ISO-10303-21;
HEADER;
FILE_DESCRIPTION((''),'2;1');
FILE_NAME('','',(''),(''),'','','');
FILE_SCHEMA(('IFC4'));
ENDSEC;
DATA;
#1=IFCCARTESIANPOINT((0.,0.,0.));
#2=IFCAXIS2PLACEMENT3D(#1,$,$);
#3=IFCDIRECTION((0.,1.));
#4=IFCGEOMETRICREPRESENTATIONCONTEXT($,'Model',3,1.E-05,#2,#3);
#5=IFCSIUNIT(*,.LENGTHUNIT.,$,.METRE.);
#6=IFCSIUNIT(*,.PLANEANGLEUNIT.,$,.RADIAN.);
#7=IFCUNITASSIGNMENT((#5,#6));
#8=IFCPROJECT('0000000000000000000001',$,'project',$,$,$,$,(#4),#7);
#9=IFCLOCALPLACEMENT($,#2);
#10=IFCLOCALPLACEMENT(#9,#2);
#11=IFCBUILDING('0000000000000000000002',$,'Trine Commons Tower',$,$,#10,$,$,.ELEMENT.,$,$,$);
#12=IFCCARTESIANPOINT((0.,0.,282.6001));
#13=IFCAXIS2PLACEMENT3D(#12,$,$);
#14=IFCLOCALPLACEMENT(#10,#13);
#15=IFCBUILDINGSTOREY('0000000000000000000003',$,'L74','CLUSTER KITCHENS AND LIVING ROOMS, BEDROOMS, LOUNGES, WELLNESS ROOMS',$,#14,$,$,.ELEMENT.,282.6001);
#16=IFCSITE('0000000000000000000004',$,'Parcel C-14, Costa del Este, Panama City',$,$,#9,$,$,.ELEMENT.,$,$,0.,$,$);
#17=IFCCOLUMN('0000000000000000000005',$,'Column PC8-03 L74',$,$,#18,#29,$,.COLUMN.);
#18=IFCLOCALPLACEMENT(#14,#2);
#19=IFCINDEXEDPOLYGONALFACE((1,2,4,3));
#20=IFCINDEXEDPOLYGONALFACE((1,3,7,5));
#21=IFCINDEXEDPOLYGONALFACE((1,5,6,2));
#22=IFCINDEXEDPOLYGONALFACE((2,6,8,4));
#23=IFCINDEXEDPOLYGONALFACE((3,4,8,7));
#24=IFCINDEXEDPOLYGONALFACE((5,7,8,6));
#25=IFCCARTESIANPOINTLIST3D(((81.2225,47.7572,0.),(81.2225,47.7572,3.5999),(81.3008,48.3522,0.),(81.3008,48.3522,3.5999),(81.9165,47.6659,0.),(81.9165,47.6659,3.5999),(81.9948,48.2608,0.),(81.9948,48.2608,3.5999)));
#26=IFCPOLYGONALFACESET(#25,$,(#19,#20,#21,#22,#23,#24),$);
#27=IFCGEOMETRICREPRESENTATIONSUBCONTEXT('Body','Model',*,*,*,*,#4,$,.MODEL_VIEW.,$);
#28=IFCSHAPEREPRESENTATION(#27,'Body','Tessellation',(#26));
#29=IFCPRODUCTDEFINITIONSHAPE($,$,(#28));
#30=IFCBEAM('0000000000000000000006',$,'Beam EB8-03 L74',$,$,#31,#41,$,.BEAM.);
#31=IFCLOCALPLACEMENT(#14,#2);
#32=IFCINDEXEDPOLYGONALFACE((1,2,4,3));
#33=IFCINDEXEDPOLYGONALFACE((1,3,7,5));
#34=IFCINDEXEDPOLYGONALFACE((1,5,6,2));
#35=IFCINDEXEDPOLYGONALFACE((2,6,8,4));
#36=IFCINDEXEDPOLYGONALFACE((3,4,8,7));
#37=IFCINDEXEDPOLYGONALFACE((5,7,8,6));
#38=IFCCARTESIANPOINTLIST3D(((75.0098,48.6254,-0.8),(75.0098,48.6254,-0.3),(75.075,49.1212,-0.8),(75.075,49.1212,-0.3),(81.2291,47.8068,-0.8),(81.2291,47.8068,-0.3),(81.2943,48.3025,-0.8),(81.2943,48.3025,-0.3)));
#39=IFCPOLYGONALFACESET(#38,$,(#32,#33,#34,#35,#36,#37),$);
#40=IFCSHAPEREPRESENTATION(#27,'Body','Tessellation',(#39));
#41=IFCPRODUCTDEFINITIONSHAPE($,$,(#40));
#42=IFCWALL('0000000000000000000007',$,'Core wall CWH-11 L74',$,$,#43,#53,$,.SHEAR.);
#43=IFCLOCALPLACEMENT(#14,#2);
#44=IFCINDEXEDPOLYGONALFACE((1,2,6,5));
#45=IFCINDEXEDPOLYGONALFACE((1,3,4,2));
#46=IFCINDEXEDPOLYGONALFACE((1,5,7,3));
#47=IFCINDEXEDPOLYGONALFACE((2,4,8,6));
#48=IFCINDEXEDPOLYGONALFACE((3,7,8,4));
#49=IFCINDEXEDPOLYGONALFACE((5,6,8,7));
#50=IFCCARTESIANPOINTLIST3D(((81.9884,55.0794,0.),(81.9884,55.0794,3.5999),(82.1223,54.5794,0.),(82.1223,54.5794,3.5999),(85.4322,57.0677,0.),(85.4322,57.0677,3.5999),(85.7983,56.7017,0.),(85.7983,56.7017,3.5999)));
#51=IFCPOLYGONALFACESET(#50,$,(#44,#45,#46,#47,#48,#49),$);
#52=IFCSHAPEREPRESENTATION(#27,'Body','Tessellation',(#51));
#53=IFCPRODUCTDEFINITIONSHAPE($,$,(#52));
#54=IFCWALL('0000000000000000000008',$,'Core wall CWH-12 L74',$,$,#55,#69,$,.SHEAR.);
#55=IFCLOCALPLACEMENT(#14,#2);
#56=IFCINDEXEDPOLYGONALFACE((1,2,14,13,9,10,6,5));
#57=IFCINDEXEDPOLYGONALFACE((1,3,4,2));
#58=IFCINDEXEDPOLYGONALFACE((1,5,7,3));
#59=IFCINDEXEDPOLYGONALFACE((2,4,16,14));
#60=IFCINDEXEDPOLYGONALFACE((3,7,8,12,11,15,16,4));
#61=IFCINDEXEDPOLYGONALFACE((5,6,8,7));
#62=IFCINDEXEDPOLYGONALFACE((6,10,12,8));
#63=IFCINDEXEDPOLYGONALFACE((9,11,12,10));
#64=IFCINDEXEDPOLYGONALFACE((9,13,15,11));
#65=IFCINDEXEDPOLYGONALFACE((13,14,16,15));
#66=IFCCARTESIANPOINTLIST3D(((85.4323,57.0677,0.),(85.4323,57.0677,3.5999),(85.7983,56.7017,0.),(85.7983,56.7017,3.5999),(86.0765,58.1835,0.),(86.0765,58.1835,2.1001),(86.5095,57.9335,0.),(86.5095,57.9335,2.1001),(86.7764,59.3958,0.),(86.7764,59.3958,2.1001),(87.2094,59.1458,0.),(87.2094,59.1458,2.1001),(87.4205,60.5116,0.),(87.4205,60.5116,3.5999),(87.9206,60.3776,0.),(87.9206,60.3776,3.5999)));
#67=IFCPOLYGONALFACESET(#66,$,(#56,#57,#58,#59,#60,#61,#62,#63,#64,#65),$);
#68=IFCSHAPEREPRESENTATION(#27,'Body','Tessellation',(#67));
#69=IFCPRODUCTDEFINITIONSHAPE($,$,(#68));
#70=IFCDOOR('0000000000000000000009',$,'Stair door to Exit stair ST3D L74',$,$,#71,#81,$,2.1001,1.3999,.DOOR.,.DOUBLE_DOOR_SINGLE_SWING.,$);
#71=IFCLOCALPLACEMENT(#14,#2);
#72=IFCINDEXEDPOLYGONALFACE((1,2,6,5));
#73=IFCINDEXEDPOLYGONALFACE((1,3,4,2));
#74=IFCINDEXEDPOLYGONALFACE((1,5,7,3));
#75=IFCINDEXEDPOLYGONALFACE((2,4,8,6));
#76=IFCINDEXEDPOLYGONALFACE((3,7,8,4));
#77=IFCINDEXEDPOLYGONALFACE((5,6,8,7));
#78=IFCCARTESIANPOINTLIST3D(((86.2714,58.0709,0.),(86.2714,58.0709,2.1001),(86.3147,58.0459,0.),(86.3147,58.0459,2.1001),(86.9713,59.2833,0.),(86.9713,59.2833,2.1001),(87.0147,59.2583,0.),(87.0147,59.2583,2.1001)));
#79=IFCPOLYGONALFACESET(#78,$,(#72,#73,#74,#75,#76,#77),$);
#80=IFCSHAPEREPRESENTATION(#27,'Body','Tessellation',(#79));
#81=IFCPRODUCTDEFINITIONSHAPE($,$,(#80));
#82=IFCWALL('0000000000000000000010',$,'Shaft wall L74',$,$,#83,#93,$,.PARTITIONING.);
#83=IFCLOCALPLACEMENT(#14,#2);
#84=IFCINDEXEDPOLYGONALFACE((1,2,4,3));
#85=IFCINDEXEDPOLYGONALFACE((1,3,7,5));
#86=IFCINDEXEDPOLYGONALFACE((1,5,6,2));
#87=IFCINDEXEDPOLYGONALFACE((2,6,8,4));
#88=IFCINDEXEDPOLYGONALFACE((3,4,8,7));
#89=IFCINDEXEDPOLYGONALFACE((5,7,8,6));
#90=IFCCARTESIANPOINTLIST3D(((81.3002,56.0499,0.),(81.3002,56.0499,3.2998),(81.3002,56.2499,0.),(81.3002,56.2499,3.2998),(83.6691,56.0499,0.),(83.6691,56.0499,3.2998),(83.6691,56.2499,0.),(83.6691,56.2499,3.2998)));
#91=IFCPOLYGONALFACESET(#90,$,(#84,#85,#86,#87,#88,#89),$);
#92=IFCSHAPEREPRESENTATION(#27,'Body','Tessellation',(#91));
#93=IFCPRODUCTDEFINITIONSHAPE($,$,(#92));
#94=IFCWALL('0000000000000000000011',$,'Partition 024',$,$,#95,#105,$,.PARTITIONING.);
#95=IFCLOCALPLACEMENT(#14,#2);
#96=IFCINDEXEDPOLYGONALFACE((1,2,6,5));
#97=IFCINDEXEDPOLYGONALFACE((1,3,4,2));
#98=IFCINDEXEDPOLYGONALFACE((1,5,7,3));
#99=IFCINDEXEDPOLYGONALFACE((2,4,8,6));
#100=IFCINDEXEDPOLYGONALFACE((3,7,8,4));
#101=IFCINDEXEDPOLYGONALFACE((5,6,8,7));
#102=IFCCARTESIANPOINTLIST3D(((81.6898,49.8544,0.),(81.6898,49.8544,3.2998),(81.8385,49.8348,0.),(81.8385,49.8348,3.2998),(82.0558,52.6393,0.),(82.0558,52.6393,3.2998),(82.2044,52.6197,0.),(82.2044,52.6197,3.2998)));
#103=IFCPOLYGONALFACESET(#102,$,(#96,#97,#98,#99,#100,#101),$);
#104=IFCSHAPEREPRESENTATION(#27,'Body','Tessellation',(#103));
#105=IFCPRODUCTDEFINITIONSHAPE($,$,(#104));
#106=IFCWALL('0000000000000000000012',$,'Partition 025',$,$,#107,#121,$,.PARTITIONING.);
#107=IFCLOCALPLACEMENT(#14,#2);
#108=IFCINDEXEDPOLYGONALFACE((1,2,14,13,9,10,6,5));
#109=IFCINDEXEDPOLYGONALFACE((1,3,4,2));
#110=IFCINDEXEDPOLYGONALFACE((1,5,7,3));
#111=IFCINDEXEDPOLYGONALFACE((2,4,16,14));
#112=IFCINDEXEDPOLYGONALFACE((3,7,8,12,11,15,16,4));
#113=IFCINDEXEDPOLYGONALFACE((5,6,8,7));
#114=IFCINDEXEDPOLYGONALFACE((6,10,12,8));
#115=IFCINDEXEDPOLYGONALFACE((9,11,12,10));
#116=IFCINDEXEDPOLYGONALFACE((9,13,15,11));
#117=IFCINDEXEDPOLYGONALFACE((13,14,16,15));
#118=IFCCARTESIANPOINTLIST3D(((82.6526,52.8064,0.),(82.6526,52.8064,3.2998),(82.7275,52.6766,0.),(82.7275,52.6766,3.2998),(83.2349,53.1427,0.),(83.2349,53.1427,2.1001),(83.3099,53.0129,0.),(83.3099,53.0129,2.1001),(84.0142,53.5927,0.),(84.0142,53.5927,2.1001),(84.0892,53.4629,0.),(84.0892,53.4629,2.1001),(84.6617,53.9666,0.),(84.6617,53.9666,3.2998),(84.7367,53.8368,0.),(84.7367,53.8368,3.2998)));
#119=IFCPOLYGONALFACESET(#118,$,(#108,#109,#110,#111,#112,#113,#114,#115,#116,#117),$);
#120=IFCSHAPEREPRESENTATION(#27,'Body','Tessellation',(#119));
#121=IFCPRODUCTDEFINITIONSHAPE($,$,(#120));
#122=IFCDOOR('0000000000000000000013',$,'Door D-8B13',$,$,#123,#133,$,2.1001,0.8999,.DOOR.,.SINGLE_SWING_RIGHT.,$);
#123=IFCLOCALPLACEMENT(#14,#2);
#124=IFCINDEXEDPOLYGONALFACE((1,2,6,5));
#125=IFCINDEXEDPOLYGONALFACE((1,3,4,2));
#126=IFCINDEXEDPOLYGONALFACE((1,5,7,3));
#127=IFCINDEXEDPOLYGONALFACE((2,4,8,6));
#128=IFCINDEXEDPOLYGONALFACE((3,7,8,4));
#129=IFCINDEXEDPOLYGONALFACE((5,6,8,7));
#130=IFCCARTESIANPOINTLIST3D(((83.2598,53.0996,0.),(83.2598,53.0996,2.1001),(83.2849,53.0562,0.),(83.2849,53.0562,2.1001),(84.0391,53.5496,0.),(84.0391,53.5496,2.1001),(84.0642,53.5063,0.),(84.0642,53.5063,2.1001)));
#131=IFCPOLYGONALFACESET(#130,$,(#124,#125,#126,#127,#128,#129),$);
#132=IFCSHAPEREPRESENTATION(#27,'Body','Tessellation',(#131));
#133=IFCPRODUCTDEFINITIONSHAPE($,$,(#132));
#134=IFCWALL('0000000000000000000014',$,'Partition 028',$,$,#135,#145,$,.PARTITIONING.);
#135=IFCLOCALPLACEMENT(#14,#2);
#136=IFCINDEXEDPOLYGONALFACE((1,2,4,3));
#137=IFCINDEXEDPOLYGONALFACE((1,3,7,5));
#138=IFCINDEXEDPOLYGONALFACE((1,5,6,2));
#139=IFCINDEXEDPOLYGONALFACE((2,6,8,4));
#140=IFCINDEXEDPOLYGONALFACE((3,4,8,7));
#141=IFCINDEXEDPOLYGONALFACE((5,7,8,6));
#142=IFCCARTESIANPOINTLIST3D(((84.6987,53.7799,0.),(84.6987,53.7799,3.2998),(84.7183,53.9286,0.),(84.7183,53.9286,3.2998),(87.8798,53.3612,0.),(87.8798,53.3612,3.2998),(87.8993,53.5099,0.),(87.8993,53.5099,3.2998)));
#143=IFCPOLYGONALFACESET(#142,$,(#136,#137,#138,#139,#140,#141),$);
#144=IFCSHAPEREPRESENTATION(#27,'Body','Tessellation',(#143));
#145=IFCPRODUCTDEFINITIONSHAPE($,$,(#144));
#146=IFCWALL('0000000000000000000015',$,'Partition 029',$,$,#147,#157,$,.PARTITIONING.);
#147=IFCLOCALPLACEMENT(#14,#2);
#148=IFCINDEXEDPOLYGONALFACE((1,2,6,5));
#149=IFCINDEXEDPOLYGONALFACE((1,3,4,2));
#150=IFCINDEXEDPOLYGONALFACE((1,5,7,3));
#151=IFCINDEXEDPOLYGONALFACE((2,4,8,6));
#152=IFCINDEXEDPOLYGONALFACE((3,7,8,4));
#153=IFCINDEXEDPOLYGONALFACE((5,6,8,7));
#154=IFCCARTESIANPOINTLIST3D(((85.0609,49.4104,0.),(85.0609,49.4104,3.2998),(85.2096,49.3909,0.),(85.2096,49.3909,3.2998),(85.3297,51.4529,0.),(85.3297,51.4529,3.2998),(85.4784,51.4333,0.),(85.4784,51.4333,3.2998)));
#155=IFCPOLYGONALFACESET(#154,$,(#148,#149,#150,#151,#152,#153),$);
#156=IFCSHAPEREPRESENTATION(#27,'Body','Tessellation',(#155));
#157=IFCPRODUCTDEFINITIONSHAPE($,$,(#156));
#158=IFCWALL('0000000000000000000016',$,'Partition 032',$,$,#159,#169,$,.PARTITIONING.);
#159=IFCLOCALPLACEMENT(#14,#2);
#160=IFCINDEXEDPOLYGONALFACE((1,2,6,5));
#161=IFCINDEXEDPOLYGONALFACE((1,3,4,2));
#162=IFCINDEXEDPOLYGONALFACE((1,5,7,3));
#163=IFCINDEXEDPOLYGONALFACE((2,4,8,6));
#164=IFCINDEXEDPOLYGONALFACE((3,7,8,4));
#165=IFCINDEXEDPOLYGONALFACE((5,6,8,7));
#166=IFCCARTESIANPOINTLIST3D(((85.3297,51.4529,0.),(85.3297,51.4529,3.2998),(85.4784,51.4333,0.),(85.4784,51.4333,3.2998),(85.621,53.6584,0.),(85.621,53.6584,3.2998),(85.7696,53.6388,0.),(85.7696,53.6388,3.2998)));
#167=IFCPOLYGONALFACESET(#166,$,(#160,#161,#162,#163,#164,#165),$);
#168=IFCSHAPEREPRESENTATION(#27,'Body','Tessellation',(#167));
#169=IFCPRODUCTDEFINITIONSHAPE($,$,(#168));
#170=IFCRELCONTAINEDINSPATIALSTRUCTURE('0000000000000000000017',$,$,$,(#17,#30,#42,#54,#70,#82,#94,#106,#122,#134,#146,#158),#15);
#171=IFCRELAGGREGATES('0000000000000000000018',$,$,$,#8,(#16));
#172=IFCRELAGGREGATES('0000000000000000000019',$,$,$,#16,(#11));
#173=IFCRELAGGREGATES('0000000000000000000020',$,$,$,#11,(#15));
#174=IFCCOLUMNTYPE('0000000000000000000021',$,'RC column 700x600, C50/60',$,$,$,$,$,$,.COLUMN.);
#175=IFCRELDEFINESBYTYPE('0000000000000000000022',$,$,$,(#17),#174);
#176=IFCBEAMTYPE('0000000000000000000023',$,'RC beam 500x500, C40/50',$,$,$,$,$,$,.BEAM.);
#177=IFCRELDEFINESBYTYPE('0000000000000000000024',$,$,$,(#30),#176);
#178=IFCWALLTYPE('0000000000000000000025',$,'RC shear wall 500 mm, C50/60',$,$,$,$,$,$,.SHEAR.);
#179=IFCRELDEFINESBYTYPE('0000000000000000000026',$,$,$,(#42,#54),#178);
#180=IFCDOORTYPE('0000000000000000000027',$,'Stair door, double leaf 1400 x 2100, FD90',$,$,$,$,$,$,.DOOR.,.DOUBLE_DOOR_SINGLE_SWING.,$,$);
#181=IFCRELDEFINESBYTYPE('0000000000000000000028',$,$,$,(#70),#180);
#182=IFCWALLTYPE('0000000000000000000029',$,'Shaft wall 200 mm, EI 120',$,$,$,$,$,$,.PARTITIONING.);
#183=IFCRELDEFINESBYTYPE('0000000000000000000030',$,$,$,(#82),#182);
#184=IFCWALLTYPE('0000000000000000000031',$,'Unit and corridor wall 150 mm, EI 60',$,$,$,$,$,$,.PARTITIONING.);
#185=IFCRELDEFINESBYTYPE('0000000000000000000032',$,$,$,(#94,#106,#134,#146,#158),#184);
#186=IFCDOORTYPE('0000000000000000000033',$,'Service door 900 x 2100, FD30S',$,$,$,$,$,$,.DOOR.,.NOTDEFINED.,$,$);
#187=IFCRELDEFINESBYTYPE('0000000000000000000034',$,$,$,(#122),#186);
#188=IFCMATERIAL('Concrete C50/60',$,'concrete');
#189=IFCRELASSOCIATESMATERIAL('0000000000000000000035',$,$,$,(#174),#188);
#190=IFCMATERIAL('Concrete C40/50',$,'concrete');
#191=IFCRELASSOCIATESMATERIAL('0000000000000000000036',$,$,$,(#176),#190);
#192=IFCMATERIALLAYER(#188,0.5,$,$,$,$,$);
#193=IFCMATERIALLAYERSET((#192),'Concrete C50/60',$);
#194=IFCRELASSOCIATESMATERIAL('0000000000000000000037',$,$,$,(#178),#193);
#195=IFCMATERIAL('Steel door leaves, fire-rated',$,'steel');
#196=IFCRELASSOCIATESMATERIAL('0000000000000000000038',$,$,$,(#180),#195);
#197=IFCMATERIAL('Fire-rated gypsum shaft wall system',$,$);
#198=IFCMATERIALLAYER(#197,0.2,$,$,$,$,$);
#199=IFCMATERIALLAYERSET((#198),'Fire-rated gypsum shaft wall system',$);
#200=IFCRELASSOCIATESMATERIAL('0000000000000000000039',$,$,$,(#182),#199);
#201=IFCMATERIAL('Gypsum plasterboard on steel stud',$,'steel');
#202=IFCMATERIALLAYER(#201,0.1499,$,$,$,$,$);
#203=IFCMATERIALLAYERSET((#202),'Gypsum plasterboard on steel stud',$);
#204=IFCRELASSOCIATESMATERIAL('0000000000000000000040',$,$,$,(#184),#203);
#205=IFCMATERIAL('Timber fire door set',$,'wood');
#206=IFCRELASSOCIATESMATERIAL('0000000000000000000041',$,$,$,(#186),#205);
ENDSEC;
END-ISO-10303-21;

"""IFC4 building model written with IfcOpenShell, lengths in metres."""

from ifc_helpers import new_model, si_unit, direction, frame, frame_2d, origin, origin_2d, place, context, subcontext, project, spatial, polyline, rectangle, outline, extrude, material, layer, layer_set, material_profile, profile_set, type_object, element, fill, save


model = new_model("IFC4")

# Units and contexts
model_context = context("Model", 3, precision=1e-05, world=origin(), true_north=direction((0.0, 1.0)))
body_context = subcontext(model_context, "Body", "Model", "MODEL_VIEW")
ifc_project = project(units=[si_unit("LENGTHUNIT", "METRE"), si_unit("PLANEANGLEUNIT", "RADIAN")], contexts=[model_context])

# Site, building, storey
site_placement = place(None, origin())
site = spatial("IfcSite", under=ifc_project, at=site_placement, Name="Parcel C-14, Costa del Este, Panama City", CompositionType="ELEMENT", RefElevation=0.0)
building_placement = place(site_placement, origin())
building = spatial("IfcBuilding", under=site, at=building_placement, Name="Trine Commons Tower", CompositionType="ELEMENT")
storey_placement = place(building_placement, frame((0.0, 0.0, 282.6001)))
storey = spatial("IfcBuildingStorey", under=building, at=storey_placement, Name="L74", Description="CLUSTER KITCHENS AND LIVING ROOMS, BEDROOMS, LOUNGES, WELLNESS ROOMS", CompositionType="ELEMENT", Elevation=282.6001)

# Column
ifc_material_1 = material(Name="Concrete C50/60", Category="concrete")
ifc_material_profile_1 = material_profile(ifc_material_1, rectangle(XDim=0.7, YDim=0.6001, at=origin_2d()), Name="RC 700x600")
ifc_profile_set_1 = profile_set([ifc_material_profile_1], Name="Concrete C50/60")
column_type = type_object("IfcColumnType", Name="RC column 700x600, C50/60", PredefinedType="COLUMN", material=ifc_profile_set_1)
column_placement = place(storey_placement, frame((81.6086, 48.009, 0.0), z_axis=(0.0, 0.0, 1.0), x_axis=(-0.991445, 0.130526, 0.0)))
element("IfcColumn", 1, at=column_placement, inside=storey, type_object=column_type, Name="Column PC8-03 L74", PredefinedType="COLUMN", context=body_context, shape_type="SweptSolid", body=[
    extrude(rectangle(XDim=0.7, YDim=0.6001, at=origin_2d()), origin(), (0.0, 0.0, 1.0), 3.5999),
])

# Beam
ifc_material_2 = material(Name="Concrete C40/50", Category="concrete")
ifc_material_profile_2 = material_profile(ifc_material_2, rectangle(XDim=0.5, YDim=0.5, at=origin_2d()), Name="RC 500x500")
ifc_profile_set_2 = profile_set([ifc_material_profile_2], Name="Concrete C40/50")
beam_type = type_object("IfcBeamType", Name="RC beam 500x500, C40/50", PredefinedType="BEAM", material=ifc_profile_set_2)
beam_placement = place(storey_placement, frame((81.2617, 48.0547, -0.55), z_axis=(-0.991448, 0.130499, 0.0), x_axis=(-0.130499, -0.991448, 0.0)))
element("IfcBeam", 2, at=beam_placement, inside=storey, type_object=beam_type, Name="Beam EB8-03 L74", PredefinedType="BEAM", context=body_context, shape_type="SweptSolid", body=[
    extrude(rectangle(XDim=0.5, YDim=0.5, at=origin_2d()), origin(), (0.0, 0.0, 1.0), 6.2729),
])

# Wall
ifc_layer_1 = layer(ifc_material_1, 0.5)
ifc_layer_set_1 = layer_set([ifc_layer_1], Name="Concrete C50/60")
wall_type_1 = type_object("IfcWallType", Name="RC shear wall 500 mm, C50/60", PredefinedType="SHEAR", material=ifc_layer_set_1)
wall_1_placement = place(storey_placement, frame((81.9973, 54.7959, 0.0), z_axis=(0.0, 0.0, 1.0), x_axis=(0.866029, 0.499993, 0.0)))
element("IfcWall", 3, at=wall_1_placement, inside=storey, type_object=wall_type_1, Name="Core wall CWH-11 L74", PredefinedType="SHEAR", context=body_context, shape_type="SweptSolid", body=[
    extrude(outline(polyline([(0.0, -0.25), (4.2446, -0.25), (4.1106, 0.25), (0.134, 0.25), (0.0, -0.25)])), origin(), (0.0, 0.0, 1.0), 3.5999),
])

# Wall, opening, door
wall_2_placement = place(storey_placement, frame((85.5818, 56.8267, 0.0), z_axis=(0.0, 0.0, 1.0), x_axis=(0.499993, 0.866029, 0.0)))
wall_2 = element("IfcWall", 4, at=wall_2_placement, inside=storey, type_object=wall_type_1, Name="Core wall CWH-12 L74", PredefinedType="SHEAR", context=body_context, shape_type="SweptSolid", body=[
    extrude(outline(polyline([(0.0, -0.25), (4.2446, -0.25), (4.1106, 0.25), (0.134, 0.25), (0.0, -0.25)])), origin(), (0.0, 0.0, 1.0), 3.5999),
])
opening_1_placement = place(wall_2_placement, frame((1.4224, 0.0, 0.0)))
opening_1 = element("IfcOpeningElement", 5, at=opening_1_placement, cuts=wall_2, PredefinedType="OPENING", context=body_context, shape_type="SweptSolid", body=[
    extrude(rectangle(XDim=1.3999, YDim=2.1001, at=frame_2d((0.7, 1.05))), frame((0.0, 0.26, 0.0), z_axis=(0.0, -1.0, 0.0), x_axis=(1.0, 0.0, 0.0)), (0.0, 0.0, 1.0), 0.52),
])
ifc_material_3 = material(Name="Steel door leaves, fire-rated", Category="steel")
door_type_1 = type_object("IfcDoorType", Name="Stair door, double leaf 1400 x 2100, FD90", OperationType="DOUBLE_DOOR_SINGLE_SWING", PredefinedType="DOOR", material=ifc_material_3)
door_1_placement = place(opening_1_placement, origin())
door_1 = element("IfcDoor", 6, at=door_1_placement, inside=storey, type_object=door_type_1, Name="Stair door to Exit stair ST3D L74", OperationType="DOUBLE_DOOR_SINGLE_SWING", OverallHeight=2.1001, OverallWidth=1.3999, PredefinedType="DOOR", context=body_context, shape_type="SweptSolid", body=[
    extrude(rectangle(XDim=1.3999, YDim=2.1001, at=frame_2d((0.7, 1.05))), frame((0.0, 0.0249, 0.0), z_axis=(0.0, -1.0, 0.0), x_axis=(1.0, 0.0, 0.0)), (0.0, 0.0, 1.0), 0.05),
])
fill(opening_1, door_1)

# Walls
ifc_material_4 = material(Name="Fire-rated gypsum shaft wall system")
ifc_layer_2 = layer(ifc_material_4, 0.2)
ifc_layer_set_2 = layer_set([ifc_layer_2], Name="Fire-rated gypsum shaft wall system")
wall_type_2 = type_object("IfcWallType", Name="Shaft wall 200 mm, EI 120", PredefinedType="PARTITIONING", material=ifc_layer_set_2)
wall_3_placement = place(storey_placement, frame((81.3, 56.1499, 0.0), z_axis=(0.0, 0.0, 1.0), x_axis=(1.0, 0.0, 0.0)))
element("IfcWall", 7, at=wall_3_placement, inside=storey, type_object=wall_type_2, Name="Shaft wall L74", PredefinedType="PARTITIONING", context=body_context, shape_type="SweptSolid", body=[
    extrude(rectangle(XDim=2.3689, YDim=0.2, at=frame_2d((1.1846, 0.0))), origin(), (0.0, 0.0, 1.0), 3.2998),
])
ifc_material_5 = material(Name="Gypsum plasterboard on steel stud", Category="steel")
ifc_layer_3 = layer(ifc_material_5, 0.1499)
ifc_layer_set_3 = layer_set([ifc_layer_3], Name="Gypsum plasterboard on steel stud")
wall_type_3 = type_object("IfcWallType", Name="Unit and corridor wall 150 mm, EI 60", PredefinedType="PARTITIONING", material=ifc_layer_set_3)
wall_4_placement = place(storey_placement, frame((81.7642, 49.8447, 0.0), z_axis=(0.0, 0.0, 1.0), x_axis=(0.13029, 0.991476, 0.0)))
element("IfcWall", 8, at=wall_4_placement, inside=storey, type_object=wall_type_3, Name="Partition 024", PredefinedType="PARTITIONING", context=body_context, shape_type="SweptSolid", body=[
    extrude(rectangle(XDim=2.8088, YDim=0.1499, at=frame_2d((1.4043, 0.0))), origin(), (0.0, 0.0, 1.0), 3.2998),
])

# Wall, opening, door
wall_5_placement = place(storey_placement, frame((82.6899, 52.7415, 0.0), z_axis=(0.0, 0.0, 1.0), x_axis=(0.865981, 0.500078, 0.0)))
wall_5 = element("IfcWall", 9, at=wall_5_placement, inside=storey, type_object=wall_type_3, Name="Partition 025", PredefinedType="PARTITIONING", context=body_context, shape_type="SweptSolid", body=[
    extrude(rectangle(XDim=2.3201, YDim=0.1499, at=frame_2d((1.1602, 0.0))), origin(), (0.0, 0.0, 1.0), 3.2998),
])
opening_2_placement = place(wall_5_placement, frame((0.6726, 0.0, 0.0)))
opening_2 = element("IfcOpeningElement", 10, at=opening_2_placement, cuts=wall_5, PredefinedType="OPENING", context=body_context, shape_type="SweptSolid", body=[
    extrude(rectangle(XDim=0.8999, YDim=2.1001, at=frame_2d((0.45, 1.05))), frame((0.0, 0.085, 0.0), z_axis=(0.0, -1.0, 0.0), x_axis=(1.0, 0.0, 0.0)), (0.0, 0.0, 1.0), 0.1699),
])
ifc_material_6 = material(Name="Timber fire door set", Category="wood")
door_type_2 = type_object("IfcDoorType", Name="Service door 900 x 2100, FD30S", OperationType="NOTDEFINED", PredefinedType="DOOR", material=ifc_material_6)
door_2_placement = place(opening_2_placement, frame((0.8999, 0.0, 0.0), z_axis=(0.0, 0.0, 1.0), x_axis=(-1.0, 0.0, 0.0)))
door_2 = element("IfcDoor", 11, at=door_2_placement, inside=storey, type_object=door_type_2, Name="Door D-8B13", OperationType="SINGLE_SWING_RIGHT", OverallHeight=2.1001, OverallWidth=0.8999, PredefinedType="DOOR", context=body_context, shape_type="SweptSolid", body=[
    extrude(rectangle(XDim=0.8999, YDim=2.1001, at=frame_2d((0.45, 1.05))), frame((0.0, 0.0249, 0.0), z_axis=(0.0, -1.0, 0.0), x_axis=(1.0, 0.0, 0.0)), (0.0, 0.0, 1.0), 0.05),
])
fill(opening_2, door_2)

# Walls
wall_6_placement = place(storey_placement, frame((84.7085, 53.8542, 0.0), z_axis=(0.0, 0.0, 1.0), x_axis=(0.991449, -0.130494, 0.0)))
element("IfcWall", 12, at=wall_6_placement, inside=storey, type_object=wall_type_3, Name="Partition 028", PredefinedType="PARTITIONING", context=body_context, shape_type="SweptSolid", body=[
    extrude(rectangle(XDim=3.2085, YDim=0.1499, at=frame_2d((1.6042, 0.0))), origin(), (0.0, 0.0, 1.0), 3.2998),
])
wall_7_placement = place(storey_placement, frame((85.1353, 49.4006, 0.0), z_axis=(0.0, 0.0, 1.0), x_axis=(0.130479, 0.991451, 0.0)))
element("IfcWall", 13, at=wall_7_placement, inside=storey, type_object=wall_type_3, Name="Partition 029", PredefinedType="PARTITIONING", context=body_context, shape_type="SweptSolid", body=[
    extrude(rectangle(XDim=2.0601, YDim=0.1499, at=frame_2d((1.03, 0.0))), origin(), (0.0, 0.0, 1.0), 3.2998),
])
wall_8_placement = place(storey_placement, frame((85.4041, 51.4431, 0.0), z_axis=(0.0, 0.0, 1.0), x_axis=(0.13092, 0.991393, 0.0)))
element("IfcWall", 14, at=wall_8_placement, inside=storey, type_object=wall_type_3, Name="Partition 032", PredefinedType="PARTITIONING", context=body_context, shape_type="SweptSolid", body=[
    extrude(rectangle(XDim=2.2246, YDim=0.1499, at=frame_2d((1.1123, 0.0))), origin(), (0.0, 0.0, 1.0), 3.2998),
])

save(model, "model.ifc")
